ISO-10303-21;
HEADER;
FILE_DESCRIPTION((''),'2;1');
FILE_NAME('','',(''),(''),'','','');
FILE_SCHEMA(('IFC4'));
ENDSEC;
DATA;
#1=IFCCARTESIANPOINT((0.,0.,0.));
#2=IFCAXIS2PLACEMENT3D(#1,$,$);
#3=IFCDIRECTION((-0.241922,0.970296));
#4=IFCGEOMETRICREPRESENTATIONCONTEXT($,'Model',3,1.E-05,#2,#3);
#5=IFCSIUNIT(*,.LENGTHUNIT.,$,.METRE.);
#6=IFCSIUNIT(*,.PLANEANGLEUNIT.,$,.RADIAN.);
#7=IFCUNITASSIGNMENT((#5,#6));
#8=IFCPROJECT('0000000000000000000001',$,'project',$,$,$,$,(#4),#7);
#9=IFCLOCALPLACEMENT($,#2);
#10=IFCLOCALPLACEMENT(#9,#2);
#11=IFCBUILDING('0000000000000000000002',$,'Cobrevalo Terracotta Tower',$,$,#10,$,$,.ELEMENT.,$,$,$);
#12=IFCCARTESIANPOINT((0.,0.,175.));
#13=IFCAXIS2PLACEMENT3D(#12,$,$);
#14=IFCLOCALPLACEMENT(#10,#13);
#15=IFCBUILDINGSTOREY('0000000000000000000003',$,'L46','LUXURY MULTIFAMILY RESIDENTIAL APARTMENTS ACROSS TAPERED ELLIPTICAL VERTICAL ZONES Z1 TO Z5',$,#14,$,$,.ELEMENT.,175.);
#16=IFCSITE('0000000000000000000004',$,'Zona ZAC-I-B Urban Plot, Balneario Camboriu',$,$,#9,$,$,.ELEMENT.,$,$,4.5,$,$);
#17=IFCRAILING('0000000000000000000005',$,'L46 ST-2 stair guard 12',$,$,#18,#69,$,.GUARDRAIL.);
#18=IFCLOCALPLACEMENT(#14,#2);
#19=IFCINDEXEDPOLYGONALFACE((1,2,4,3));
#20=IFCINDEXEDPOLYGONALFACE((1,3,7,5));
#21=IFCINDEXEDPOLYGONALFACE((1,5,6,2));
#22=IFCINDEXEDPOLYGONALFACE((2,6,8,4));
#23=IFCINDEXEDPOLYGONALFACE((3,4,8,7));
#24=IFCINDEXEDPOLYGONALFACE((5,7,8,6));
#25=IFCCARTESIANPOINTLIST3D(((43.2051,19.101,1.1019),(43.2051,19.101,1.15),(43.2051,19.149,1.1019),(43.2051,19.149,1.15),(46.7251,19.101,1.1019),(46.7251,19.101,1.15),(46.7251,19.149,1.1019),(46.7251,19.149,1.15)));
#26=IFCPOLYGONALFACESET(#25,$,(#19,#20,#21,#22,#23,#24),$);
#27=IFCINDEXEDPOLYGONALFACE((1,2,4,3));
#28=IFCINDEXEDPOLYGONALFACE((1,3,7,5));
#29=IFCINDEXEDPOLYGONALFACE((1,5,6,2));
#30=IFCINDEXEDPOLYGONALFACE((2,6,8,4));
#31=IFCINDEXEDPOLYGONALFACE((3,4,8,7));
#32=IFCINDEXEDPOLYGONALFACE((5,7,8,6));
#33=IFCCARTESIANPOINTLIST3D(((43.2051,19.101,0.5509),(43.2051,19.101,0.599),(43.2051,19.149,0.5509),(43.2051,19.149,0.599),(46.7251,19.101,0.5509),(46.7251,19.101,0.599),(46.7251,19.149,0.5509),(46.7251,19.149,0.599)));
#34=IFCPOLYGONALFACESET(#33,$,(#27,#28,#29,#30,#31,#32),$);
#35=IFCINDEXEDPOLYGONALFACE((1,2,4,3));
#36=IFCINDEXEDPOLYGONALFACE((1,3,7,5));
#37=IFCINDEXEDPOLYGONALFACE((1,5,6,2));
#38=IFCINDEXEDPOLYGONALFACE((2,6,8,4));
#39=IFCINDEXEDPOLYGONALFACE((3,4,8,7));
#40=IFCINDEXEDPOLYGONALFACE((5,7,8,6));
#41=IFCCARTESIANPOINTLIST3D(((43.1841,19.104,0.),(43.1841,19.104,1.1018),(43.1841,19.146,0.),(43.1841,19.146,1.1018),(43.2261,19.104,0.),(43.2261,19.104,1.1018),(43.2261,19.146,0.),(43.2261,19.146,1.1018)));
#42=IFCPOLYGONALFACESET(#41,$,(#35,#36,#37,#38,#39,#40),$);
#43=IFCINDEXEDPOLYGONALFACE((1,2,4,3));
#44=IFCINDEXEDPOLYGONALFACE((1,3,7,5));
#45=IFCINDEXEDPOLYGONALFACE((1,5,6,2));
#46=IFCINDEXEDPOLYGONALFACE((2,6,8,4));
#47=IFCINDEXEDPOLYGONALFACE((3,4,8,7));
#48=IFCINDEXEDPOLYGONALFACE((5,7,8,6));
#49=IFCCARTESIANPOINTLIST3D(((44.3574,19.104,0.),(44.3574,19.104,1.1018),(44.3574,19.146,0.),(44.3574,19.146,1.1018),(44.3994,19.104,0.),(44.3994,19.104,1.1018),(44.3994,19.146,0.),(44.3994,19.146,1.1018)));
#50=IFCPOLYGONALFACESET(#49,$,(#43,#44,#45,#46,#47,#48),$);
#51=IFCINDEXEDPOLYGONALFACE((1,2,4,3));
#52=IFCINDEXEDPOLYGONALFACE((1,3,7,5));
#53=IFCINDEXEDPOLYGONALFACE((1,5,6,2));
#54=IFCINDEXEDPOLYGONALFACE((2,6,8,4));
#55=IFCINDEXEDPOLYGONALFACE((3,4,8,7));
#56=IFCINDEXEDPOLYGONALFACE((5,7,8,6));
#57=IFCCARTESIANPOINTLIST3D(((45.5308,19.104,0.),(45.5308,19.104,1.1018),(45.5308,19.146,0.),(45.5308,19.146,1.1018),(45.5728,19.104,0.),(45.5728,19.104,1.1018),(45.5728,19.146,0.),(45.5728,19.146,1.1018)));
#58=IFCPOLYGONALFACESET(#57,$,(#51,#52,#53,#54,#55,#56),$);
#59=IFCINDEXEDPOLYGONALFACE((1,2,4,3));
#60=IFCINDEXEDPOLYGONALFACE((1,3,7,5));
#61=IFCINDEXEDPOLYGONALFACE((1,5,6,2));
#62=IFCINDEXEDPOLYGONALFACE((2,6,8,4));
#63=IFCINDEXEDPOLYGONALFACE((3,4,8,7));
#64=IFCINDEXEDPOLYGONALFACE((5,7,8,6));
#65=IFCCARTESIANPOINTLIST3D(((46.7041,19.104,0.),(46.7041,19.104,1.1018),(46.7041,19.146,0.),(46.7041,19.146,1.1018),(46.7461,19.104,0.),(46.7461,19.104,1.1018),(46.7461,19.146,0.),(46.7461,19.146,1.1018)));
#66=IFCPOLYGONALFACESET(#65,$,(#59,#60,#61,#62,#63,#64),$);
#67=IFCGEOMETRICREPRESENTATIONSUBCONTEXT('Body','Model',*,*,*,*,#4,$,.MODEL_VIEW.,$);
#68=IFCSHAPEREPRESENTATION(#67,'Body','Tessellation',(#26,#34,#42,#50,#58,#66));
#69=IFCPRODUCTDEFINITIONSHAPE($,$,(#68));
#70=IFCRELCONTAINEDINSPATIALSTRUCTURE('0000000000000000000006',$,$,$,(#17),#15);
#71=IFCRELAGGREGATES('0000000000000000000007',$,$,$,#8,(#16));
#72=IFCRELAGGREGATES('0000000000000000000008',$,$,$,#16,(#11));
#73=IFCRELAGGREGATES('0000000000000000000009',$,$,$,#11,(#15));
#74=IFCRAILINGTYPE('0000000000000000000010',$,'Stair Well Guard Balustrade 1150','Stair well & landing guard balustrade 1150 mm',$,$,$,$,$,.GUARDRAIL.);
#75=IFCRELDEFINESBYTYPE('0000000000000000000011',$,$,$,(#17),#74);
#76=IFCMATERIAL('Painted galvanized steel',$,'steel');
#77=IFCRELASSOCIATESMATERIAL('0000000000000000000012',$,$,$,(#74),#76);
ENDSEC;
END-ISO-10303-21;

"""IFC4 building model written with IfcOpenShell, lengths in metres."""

from ifc_helpers import new_model, si_unit, direction, frame, origin, origin_2d, place, context, subcontext, project, spatial, rectangle, extrude, material, type_object, element, save


model = new_model("IFC4")

# Units and contexts
model_context = context("Model", 3, precision=1e-05, world=origin(), true_north=direction((-0.241922, 0.970296)))
body_context = subcontext(model_context, "Body", "Model", "MODEL_VIEW")
ifc_project = project(units=[si_unit("LENGTHUNIT", "METRE"), si_unit("PLANEANGLEUNIT", "RADIAN")], contexts=[model_context])

# Site, building, storey
site_placement = place(None, origin())
site = spatial("IfcSite", under=ifc_project, at=site_placement, Name="Zona ZAC-I-B Urban Plot, Balneario Camboriu", CompositionType="ELEMENT", RefElevation=4.5)
building_placement = place(site_placement, origin())
building = spatial("IfcBuilding", under=site, at=building_placement, Name="Cobrevalo Terracotta Tower", CompositionType="ELEMENT")
storey_placement = place(building_placement, frame((0.0, 0.0, 175.0)))
storey = spatial("IfcBuildingStorey", under=building, at=storey_placement, Name="L46", Description="LUXURY MULTIFAMILY RESIDENTIAL APARTMENTS ACROSS TAPERED ELLIPTICAL VERTICAL ZONES Z1 TO Z5", CompositionType="ELEMENT", Elevation=175.0)

# Railing
ifc_material_1 = material(Name="Painted galvanized steel", Category="steel")
railing_type_1 = type_object("IfcRailingType", Name="Stair Well Guard Balustrade 1150", Description="Stair well & landing guard balustrade 1150 mm", PredefinedType="GUARDRAIL", material=ifc_material_1)
railing_1_placement = place(storey_placement, frame((43.2051, 19.125, 0.0)))
element("IfcRailing", 1, at=railing_1_placement, inside=storey, type_object=railing_type_1, Name="L46 ST-2 stair guard 12", PredefinedType="GUARDRAIL", context=body_context, shape_type="SweptSolid", body=[
    extrude(rectangle(XDim=0.0481, YDim=0.0481, at=origin_2d()), frame((0.0, 0.0, 1.126), z_axis=(1.0, 0.0, 0.0), x_axis=(0.0, 1.0, 0.0)), (0.0, 0.0, 1.0), 3.52),
    extrude(rectangle(XDim=0.0481, YDim=0.0481, at=origin_2d()), frame((0.0, 0.0, 0.575), z_axis=(1.0, 0.0, 0.0), x_axis=(0.0, 1.0, 0.0)), (0.0, 0.0, 1.0), 3.52),
    extrude(rectangle(XDim=0.042, YDim=0.042, at=origin_2d()), origin(), (0.0, 0.0, 1.0), 1.1018),
    extrude(rectangle(XDim=0.042, YDim=0.042, at=origin_2d()), frame((1.1733, 0.0, 0.0)), (0.0, 0.0, 1.0), 1.1018),
    extrude(rectangle(XDim=0.042, YDim=0.042, at=origin_2d()), frame((2.3467, 0.0, 0.0)), (0.0, 0.0, 1.0), 1.1018),
    extrude(rectangle(XDim=0.042, YDim=0.042, at=origin_2d()), frame((3.52, 0.0, 0.0)), (0.0, 0.0, 1.0), 1.1018),
])

save(model, "model.ifc")
